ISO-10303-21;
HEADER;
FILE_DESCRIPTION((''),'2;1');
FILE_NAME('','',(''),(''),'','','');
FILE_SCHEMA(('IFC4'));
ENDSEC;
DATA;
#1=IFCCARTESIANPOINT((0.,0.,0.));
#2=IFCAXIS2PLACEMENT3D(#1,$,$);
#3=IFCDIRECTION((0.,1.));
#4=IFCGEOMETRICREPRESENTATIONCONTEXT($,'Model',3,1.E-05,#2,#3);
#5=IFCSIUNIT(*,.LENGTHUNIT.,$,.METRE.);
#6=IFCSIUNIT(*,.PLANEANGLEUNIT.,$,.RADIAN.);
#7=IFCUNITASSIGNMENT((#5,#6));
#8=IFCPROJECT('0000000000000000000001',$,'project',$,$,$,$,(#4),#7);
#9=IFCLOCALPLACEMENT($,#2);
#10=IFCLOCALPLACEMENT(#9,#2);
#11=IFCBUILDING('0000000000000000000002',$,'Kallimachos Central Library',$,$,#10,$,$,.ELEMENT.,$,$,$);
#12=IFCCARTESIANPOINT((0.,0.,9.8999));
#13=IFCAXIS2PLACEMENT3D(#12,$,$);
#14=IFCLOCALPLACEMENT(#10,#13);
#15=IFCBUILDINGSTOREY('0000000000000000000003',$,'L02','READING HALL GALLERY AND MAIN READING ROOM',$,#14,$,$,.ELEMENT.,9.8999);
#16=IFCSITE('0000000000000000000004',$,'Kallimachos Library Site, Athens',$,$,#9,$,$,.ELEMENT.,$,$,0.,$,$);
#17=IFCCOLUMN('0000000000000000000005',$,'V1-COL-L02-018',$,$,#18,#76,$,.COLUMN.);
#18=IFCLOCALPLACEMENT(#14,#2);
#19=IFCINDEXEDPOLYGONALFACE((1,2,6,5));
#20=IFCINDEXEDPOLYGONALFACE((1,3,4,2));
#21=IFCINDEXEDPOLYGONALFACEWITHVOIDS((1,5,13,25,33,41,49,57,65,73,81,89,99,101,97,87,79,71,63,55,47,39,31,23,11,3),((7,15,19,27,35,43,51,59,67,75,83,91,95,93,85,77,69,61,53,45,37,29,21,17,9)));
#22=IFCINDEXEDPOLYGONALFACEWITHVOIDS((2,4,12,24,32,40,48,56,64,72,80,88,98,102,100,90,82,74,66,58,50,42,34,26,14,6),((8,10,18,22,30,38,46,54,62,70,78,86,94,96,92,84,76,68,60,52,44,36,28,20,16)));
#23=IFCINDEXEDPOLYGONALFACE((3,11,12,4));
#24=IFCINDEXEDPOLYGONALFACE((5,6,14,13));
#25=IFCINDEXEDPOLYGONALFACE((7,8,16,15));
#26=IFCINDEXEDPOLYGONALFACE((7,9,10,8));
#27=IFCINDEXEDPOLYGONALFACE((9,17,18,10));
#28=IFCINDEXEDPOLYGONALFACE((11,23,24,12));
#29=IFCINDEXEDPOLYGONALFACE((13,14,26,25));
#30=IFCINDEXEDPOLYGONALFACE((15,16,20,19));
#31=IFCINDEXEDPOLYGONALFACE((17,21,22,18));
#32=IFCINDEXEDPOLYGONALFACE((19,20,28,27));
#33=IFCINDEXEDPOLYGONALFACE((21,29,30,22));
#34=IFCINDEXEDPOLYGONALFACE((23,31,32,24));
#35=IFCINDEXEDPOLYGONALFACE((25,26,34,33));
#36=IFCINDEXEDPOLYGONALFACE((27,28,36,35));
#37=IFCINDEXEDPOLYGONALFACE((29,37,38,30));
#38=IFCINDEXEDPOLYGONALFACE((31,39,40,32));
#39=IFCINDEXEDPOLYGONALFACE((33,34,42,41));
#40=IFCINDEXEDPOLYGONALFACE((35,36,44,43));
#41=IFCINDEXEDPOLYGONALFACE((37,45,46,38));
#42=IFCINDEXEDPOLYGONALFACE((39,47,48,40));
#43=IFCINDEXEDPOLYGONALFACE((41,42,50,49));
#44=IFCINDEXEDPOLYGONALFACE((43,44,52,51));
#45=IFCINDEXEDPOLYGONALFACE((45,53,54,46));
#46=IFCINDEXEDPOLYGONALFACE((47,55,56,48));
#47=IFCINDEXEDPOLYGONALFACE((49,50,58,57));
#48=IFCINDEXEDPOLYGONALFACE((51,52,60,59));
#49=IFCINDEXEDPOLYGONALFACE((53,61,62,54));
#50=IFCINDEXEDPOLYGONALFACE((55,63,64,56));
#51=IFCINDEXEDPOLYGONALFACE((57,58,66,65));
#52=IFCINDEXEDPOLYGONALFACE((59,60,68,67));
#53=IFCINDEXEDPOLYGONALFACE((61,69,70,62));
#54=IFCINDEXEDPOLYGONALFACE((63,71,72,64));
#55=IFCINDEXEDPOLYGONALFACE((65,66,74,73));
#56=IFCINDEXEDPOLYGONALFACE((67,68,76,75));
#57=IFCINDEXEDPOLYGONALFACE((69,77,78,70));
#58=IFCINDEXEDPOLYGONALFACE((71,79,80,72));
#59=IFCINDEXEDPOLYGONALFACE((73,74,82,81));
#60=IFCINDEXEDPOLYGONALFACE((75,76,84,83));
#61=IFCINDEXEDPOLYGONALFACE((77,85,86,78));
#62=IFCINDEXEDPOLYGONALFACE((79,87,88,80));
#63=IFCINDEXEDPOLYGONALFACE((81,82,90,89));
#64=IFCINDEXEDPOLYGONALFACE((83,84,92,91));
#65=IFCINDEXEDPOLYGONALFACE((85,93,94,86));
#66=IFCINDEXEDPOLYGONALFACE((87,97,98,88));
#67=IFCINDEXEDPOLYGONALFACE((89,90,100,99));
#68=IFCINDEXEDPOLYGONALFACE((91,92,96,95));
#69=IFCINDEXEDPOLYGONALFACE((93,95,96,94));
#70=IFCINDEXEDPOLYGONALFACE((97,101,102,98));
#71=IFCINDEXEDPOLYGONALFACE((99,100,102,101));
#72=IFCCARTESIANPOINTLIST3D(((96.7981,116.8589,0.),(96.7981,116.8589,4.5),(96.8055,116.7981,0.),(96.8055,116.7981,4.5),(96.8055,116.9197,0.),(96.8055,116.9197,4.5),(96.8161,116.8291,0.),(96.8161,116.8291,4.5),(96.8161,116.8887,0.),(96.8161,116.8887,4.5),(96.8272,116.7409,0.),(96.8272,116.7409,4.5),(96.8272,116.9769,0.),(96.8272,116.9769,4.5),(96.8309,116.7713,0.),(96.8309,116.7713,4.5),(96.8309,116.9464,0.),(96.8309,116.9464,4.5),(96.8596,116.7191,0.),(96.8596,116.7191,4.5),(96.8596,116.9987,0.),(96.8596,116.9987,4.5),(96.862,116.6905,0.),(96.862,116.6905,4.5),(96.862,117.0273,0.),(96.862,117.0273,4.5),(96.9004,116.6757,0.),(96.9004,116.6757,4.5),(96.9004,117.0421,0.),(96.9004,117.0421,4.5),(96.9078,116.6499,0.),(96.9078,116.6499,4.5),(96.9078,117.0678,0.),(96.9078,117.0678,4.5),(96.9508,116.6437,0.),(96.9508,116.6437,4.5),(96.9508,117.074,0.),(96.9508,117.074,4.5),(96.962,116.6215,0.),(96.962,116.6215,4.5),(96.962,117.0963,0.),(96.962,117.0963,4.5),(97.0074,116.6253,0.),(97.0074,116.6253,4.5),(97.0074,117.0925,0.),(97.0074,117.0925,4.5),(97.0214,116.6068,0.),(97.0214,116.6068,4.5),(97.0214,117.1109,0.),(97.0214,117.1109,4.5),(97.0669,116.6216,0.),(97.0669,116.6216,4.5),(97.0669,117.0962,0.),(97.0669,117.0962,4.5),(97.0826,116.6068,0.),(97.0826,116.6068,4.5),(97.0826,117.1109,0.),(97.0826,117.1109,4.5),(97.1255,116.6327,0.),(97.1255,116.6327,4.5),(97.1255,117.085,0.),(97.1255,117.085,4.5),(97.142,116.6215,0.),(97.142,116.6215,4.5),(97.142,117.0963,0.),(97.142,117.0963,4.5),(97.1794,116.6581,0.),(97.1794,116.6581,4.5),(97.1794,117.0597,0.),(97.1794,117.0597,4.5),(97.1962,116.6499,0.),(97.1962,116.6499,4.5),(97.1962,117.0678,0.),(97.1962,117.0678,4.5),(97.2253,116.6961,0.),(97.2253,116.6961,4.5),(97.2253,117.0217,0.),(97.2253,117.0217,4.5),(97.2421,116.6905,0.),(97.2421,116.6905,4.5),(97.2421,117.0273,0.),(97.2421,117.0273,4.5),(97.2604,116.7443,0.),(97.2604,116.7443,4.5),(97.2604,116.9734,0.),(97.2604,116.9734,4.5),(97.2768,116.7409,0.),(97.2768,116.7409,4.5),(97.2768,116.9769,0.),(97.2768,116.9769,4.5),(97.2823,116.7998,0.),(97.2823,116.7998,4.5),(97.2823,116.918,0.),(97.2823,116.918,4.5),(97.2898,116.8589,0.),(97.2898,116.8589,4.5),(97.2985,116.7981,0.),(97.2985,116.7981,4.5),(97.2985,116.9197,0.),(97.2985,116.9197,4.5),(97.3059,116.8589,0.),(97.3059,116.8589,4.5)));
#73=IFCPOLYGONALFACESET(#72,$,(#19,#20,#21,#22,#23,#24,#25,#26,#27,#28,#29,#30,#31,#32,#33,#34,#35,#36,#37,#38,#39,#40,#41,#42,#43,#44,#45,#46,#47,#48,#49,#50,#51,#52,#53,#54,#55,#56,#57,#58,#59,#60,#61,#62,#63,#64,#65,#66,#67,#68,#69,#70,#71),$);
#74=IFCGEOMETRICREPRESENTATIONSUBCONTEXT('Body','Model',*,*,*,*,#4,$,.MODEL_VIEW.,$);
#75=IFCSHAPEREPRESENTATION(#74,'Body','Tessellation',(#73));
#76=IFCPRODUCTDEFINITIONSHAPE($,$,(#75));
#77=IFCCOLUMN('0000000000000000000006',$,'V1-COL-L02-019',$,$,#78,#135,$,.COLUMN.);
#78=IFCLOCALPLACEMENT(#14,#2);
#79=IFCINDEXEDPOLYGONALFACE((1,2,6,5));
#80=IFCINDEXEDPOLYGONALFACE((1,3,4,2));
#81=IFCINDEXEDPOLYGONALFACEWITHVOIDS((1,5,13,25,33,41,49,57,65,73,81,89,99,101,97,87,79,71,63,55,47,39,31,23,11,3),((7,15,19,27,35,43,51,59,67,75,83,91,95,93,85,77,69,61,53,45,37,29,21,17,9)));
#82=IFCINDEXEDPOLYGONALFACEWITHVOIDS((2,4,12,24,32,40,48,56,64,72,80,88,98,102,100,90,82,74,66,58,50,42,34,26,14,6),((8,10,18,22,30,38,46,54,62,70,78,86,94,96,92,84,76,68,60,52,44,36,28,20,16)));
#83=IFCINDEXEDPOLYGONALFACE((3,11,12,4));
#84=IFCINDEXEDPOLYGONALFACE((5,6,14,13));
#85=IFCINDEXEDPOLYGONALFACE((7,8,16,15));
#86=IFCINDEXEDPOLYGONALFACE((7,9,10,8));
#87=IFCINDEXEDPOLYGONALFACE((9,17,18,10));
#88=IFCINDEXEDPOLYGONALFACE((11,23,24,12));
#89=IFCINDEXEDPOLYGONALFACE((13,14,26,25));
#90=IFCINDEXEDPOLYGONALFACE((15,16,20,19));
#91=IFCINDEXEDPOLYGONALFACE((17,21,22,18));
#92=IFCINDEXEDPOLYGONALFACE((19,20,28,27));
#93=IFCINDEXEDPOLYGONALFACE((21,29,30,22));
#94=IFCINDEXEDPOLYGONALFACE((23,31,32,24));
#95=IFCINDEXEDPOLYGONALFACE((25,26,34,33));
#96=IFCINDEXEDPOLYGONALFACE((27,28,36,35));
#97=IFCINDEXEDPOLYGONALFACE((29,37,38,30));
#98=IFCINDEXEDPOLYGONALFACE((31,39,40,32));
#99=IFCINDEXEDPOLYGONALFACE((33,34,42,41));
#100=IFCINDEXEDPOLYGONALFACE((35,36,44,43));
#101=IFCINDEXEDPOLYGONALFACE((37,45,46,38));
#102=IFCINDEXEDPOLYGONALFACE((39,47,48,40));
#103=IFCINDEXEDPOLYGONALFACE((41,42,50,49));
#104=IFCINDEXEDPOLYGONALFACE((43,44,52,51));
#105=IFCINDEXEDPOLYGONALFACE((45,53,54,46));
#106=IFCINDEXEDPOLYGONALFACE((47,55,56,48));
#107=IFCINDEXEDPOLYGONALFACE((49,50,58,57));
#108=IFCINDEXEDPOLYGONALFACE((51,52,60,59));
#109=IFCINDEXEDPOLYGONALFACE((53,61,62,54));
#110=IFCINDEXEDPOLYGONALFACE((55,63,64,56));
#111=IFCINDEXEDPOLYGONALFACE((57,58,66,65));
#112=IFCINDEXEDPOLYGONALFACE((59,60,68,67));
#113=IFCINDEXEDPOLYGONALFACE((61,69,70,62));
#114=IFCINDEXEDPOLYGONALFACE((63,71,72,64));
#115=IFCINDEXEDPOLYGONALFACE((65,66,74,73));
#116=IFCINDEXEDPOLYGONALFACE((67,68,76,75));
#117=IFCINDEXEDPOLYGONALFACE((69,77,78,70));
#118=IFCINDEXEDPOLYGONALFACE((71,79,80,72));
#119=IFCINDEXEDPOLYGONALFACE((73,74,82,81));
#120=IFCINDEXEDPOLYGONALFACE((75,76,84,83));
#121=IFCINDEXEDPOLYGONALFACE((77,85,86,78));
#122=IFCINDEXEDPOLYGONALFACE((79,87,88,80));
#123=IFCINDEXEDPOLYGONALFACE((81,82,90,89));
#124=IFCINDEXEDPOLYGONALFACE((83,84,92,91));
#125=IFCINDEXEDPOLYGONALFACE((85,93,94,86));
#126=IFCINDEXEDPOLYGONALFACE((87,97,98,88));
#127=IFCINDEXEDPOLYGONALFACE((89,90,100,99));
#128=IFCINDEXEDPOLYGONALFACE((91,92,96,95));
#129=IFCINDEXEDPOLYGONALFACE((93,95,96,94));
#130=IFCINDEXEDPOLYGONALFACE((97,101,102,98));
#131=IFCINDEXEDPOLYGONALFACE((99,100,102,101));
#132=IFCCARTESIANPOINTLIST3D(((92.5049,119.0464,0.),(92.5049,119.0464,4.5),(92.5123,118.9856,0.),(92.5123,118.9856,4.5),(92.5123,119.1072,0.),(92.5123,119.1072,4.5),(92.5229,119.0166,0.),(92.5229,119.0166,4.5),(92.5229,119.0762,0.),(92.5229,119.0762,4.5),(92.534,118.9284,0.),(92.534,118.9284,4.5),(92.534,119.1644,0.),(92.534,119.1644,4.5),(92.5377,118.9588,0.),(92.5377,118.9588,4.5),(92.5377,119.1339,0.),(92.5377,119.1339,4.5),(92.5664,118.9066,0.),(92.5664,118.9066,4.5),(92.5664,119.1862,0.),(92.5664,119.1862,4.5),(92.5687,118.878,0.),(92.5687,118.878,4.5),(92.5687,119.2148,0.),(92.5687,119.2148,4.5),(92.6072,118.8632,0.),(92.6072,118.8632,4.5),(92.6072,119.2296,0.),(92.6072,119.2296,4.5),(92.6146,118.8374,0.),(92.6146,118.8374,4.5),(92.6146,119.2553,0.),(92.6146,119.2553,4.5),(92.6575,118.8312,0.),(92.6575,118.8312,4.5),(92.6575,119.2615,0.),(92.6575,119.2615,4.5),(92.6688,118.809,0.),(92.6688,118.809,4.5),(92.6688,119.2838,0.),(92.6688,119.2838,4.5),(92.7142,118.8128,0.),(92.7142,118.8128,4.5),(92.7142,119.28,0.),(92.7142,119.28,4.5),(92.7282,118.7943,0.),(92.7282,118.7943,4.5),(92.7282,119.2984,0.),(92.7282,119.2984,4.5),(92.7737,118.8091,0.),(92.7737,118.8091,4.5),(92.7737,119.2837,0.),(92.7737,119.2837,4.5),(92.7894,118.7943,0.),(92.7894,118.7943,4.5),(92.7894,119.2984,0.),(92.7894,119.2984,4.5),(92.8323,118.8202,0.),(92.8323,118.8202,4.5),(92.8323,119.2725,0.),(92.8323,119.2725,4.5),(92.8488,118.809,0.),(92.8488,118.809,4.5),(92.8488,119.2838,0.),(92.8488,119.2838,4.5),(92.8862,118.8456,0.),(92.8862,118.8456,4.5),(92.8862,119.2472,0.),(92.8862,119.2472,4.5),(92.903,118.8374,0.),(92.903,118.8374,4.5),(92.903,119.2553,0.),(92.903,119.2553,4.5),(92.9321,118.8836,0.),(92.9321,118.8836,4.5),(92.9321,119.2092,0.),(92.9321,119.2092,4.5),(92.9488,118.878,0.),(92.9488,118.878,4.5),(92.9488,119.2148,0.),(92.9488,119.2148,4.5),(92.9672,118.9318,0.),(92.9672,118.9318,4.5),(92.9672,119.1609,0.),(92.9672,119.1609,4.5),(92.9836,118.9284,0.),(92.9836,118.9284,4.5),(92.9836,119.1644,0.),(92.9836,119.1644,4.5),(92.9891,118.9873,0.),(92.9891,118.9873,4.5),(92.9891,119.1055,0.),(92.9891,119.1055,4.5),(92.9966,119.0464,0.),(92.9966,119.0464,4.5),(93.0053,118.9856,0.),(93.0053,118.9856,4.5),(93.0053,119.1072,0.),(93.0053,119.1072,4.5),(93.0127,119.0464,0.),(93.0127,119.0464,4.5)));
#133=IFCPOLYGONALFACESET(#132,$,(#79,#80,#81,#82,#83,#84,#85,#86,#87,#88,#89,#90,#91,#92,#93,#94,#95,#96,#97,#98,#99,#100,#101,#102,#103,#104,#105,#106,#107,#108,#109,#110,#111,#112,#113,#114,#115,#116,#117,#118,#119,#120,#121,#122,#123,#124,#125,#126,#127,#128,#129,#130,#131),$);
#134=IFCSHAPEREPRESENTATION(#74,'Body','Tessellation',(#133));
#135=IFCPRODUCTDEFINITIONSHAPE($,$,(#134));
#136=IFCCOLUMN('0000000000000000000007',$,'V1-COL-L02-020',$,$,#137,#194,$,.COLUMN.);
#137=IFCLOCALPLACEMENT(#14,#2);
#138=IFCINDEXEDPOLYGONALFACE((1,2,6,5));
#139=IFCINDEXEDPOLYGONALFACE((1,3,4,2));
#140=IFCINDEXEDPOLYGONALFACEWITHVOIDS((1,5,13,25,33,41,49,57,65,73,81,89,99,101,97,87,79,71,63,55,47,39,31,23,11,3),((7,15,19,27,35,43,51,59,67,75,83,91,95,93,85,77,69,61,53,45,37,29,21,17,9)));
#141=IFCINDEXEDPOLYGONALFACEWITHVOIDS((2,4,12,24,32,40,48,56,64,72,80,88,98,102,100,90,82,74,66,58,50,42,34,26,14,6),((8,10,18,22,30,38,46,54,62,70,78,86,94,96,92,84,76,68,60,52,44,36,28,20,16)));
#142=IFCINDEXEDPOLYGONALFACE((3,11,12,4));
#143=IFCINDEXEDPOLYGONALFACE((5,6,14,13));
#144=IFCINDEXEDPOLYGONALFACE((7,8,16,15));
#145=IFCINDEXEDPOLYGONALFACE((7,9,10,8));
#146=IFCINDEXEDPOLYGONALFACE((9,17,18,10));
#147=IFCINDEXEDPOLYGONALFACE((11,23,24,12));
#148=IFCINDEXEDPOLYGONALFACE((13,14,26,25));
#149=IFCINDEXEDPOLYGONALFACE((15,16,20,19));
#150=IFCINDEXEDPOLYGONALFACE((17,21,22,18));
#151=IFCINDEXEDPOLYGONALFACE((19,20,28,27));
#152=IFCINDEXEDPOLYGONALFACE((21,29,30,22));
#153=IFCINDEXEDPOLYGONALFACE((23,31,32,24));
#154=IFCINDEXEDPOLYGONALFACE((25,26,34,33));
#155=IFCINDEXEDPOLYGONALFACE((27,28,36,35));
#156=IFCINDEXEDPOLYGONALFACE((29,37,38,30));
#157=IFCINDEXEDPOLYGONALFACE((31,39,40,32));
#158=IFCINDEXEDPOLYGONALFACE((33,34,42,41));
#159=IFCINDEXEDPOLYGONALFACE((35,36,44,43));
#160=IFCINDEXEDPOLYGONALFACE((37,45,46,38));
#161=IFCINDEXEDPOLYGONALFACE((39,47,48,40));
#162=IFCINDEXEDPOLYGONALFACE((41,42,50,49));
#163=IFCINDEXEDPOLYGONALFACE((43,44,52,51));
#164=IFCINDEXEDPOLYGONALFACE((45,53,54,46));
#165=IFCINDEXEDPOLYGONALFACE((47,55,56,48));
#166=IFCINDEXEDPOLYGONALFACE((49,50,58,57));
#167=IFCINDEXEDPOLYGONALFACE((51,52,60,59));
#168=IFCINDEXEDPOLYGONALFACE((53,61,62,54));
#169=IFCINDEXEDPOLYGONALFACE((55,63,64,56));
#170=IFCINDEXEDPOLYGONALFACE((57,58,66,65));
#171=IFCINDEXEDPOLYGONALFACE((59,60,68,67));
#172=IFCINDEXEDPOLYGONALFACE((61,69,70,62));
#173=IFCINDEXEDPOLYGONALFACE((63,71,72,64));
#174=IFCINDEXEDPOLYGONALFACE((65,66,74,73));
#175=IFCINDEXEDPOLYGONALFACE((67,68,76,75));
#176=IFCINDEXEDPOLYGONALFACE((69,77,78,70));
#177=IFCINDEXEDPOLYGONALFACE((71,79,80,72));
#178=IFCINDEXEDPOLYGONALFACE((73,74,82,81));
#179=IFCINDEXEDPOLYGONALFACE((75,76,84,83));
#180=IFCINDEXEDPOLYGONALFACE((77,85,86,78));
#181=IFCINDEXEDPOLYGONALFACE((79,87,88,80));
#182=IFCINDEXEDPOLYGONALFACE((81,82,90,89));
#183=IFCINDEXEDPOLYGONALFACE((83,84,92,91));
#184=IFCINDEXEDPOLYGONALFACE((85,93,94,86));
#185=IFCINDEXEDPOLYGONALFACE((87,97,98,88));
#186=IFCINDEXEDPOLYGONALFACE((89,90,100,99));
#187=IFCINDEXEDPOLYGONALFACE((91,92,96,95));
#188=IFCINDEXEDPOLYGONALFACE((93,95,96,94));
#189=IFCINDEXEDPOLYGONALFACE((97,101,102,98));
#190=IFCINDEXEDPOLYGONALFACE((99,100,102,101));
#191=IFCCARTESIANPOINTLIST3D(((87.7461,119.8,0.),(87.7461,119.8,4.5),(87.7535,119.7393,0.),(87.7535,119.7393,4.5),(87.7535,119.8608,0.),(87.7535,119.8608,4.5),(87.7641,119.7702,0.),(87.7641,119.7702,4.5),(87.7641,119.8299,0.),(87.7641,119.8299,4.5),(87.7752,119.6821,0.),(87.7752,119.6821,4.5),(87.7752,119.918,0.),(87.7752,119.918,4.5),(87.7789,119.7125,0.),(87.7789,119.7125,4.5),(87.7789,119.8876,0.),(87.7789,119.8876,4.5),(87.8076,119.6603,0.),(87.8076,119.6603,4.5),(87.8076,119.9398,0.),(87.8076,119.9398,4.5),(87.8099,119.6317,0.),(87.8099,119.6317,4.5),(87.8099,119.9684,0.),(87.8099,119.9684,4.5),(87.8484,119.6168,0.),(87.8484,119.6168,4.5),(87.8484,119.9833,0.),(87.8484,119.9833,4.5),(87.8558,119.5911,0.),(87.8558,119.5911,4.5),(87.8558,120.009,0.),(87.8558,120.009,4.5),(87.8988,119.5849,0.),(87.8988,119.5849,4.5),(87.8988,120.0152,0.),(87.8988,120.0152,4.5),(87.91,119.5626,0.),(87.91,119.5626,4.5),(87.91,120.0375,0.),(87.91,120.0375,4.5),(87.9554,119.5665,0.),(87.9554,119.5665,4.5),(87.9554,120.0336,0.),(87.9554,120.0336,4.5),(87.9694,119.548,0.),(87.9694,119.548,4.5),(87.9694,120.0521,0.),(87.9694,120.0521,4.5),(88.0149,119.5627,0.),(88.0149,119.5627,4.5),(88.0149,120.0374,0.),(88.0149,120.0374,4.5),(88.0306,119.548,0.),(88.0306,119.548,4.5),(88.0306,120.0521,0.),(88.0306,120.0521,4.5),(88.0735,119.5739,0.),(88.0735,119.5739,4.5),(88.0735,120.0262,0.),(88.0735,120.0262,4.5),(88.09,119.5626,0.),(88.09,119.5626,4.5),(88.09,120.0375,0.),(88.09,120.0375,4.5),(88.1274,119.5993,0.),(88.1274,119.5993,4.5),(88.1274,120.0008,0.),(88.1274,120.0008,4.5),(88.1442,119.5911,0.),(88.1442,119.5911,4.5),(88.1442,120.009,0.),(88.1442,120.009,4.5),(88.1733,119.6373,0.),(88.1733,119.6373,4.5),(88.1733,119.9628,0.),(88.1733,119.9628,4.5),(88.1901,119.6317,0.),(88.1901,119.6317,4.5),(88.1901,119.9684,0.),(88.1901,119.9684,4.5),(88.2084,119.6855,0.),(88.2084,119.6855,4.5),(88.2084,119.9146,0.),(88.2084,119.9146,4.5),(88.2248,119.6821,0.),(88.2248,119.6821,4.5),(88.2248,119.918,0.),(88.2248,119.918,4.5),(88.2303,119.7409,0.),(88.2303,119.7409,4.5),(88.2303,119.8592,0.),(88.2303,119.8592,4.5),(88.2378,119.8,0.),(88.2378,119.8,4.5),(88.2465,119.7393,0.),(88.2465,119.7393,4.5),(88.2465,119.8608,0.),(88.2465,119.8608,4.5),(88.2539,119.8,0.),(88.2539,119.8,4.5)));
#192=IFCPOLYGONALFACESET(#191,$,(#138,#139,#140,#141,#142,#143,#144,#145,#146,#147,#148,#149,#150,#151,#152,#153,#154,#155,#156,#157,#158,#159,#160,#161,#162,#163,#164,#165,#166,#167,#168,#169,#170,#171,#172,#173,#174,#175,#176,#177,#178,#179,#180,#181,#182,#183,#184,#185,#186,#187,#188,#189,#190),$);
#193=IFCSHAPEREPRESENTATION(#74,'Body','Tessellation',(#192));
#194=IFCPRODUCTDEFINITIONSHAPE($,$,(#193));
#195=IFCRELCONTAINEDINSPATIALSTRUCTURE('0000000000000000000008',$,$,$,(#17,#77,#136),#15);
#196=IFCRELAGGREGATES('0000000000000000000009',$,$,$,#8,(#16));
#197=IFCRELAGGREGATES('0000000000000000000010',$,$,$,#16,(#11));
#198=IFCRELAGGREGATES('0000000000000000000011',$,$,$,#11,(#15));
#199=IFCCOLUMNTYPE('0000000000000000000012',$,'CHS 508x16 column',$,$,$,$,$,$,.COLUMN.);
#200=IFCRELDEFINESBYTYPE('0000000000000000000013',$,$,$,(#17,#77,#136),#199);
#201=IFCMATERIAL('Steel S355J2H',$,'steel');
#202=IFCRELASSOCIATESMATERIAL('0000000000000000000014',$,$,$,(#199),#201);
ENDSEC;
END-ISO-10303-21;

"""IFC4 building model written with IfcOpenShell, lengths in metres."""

from ifc_helpers import new_model, si_unit, direction, frame, origin, origin_2d, place, context, subcontext, project, spatial, hollow_circle, extrude, material, material_profile, profile_set, type_object, element, save


model = new_model("IFC4")

# Units and contexts
model_context = context("Model", 3, precision=1e-05, world=origin(), true_north=direction((0.0, 1.0)))
body_context = subcontext(model_context, "Body", "Model", "MODEL_VIEW")
ifc_project = project(units=[si_unit("LENGTHUNIT", "METRE"), si_unit("PLANEANGLEUNIT", "RADIAN")], contexts=[model_context])

# Site, building, storey
site_placement = place(None, origin())
site = spatial("IfcSite", under=ifc_project, at=site_placement, Name="Kallimachos Library Site, Athens", CompositionType="ELEMENT", RefElevation=0.0)
building_placement = place(site_placement, origin())
building = spatial("IfcBuilding", under=site, at=building_placement, Name="Kallimachos Central Library", CompositionType="ELEMENT")
storey_placement = place(building_placement, frame((0.0, 0.0, 9.8999)))
storey = spatial("IfcBuildingStorey", under=building, at=storey_placement, Name="L02", Description="READING HALL GALLERY AND MAIN READING ROOM", CompositionType="ELEMENT", Elevation=9.8999)

# Columns
ifc_material_1 = material(Name="Steel S355J2H", Category="steel")
ifc_material_profile_1 = material_profile(ifc_material_1, hollow_circle(Radius=0.2539, WallThickness=0.0161, at=origin_2d()), Name="CHS 508x16")
ifc_profile_set_1 = profile_set([ifc_material_profile_1], Name="Steel S355J2H")
column_type_1 = type_object("IfcColumnType", Name="CHS 508x16 column", PredefinedType="COLUMN", material=ifc_profile_set_1)
for number, where, z_axis, x_axis, name in (
    (1, (97.052, 116.8589, 0.0), (0.0, 0.0, 1.0), (1.0, 0.0, 0.0), "V1-COL-L02-018"),
    (2, (92.7588, 119.0464, 0.0), (0.0, 0.0, 1.0), (1.0, 0.0, 0.0), "V1-COL-L02-019"),
    (3, (88.0, 119.8, 0.0), (0.0, 0.0, 1.0), (1.0, 0.0, 0.0), "V1-COL-L02-020"),
):
    element("IfcColumn", number, at=place(storey_placement, frame(where, z_axis=z_axis, x_axis=x_axis)), inside=storey, type_object=column_type_1, Name=name, PredefinedType="COLUMN", context=body_context, shape_type="SweptSolid", body=[
        extrude(hollow_circle(Radius=0.2539, WallThickness=0.0161, at=origin_2d()), origin(), (0.0, 0.0, 1.0), 4.5),
    ])

save(model, "model.ifc")
